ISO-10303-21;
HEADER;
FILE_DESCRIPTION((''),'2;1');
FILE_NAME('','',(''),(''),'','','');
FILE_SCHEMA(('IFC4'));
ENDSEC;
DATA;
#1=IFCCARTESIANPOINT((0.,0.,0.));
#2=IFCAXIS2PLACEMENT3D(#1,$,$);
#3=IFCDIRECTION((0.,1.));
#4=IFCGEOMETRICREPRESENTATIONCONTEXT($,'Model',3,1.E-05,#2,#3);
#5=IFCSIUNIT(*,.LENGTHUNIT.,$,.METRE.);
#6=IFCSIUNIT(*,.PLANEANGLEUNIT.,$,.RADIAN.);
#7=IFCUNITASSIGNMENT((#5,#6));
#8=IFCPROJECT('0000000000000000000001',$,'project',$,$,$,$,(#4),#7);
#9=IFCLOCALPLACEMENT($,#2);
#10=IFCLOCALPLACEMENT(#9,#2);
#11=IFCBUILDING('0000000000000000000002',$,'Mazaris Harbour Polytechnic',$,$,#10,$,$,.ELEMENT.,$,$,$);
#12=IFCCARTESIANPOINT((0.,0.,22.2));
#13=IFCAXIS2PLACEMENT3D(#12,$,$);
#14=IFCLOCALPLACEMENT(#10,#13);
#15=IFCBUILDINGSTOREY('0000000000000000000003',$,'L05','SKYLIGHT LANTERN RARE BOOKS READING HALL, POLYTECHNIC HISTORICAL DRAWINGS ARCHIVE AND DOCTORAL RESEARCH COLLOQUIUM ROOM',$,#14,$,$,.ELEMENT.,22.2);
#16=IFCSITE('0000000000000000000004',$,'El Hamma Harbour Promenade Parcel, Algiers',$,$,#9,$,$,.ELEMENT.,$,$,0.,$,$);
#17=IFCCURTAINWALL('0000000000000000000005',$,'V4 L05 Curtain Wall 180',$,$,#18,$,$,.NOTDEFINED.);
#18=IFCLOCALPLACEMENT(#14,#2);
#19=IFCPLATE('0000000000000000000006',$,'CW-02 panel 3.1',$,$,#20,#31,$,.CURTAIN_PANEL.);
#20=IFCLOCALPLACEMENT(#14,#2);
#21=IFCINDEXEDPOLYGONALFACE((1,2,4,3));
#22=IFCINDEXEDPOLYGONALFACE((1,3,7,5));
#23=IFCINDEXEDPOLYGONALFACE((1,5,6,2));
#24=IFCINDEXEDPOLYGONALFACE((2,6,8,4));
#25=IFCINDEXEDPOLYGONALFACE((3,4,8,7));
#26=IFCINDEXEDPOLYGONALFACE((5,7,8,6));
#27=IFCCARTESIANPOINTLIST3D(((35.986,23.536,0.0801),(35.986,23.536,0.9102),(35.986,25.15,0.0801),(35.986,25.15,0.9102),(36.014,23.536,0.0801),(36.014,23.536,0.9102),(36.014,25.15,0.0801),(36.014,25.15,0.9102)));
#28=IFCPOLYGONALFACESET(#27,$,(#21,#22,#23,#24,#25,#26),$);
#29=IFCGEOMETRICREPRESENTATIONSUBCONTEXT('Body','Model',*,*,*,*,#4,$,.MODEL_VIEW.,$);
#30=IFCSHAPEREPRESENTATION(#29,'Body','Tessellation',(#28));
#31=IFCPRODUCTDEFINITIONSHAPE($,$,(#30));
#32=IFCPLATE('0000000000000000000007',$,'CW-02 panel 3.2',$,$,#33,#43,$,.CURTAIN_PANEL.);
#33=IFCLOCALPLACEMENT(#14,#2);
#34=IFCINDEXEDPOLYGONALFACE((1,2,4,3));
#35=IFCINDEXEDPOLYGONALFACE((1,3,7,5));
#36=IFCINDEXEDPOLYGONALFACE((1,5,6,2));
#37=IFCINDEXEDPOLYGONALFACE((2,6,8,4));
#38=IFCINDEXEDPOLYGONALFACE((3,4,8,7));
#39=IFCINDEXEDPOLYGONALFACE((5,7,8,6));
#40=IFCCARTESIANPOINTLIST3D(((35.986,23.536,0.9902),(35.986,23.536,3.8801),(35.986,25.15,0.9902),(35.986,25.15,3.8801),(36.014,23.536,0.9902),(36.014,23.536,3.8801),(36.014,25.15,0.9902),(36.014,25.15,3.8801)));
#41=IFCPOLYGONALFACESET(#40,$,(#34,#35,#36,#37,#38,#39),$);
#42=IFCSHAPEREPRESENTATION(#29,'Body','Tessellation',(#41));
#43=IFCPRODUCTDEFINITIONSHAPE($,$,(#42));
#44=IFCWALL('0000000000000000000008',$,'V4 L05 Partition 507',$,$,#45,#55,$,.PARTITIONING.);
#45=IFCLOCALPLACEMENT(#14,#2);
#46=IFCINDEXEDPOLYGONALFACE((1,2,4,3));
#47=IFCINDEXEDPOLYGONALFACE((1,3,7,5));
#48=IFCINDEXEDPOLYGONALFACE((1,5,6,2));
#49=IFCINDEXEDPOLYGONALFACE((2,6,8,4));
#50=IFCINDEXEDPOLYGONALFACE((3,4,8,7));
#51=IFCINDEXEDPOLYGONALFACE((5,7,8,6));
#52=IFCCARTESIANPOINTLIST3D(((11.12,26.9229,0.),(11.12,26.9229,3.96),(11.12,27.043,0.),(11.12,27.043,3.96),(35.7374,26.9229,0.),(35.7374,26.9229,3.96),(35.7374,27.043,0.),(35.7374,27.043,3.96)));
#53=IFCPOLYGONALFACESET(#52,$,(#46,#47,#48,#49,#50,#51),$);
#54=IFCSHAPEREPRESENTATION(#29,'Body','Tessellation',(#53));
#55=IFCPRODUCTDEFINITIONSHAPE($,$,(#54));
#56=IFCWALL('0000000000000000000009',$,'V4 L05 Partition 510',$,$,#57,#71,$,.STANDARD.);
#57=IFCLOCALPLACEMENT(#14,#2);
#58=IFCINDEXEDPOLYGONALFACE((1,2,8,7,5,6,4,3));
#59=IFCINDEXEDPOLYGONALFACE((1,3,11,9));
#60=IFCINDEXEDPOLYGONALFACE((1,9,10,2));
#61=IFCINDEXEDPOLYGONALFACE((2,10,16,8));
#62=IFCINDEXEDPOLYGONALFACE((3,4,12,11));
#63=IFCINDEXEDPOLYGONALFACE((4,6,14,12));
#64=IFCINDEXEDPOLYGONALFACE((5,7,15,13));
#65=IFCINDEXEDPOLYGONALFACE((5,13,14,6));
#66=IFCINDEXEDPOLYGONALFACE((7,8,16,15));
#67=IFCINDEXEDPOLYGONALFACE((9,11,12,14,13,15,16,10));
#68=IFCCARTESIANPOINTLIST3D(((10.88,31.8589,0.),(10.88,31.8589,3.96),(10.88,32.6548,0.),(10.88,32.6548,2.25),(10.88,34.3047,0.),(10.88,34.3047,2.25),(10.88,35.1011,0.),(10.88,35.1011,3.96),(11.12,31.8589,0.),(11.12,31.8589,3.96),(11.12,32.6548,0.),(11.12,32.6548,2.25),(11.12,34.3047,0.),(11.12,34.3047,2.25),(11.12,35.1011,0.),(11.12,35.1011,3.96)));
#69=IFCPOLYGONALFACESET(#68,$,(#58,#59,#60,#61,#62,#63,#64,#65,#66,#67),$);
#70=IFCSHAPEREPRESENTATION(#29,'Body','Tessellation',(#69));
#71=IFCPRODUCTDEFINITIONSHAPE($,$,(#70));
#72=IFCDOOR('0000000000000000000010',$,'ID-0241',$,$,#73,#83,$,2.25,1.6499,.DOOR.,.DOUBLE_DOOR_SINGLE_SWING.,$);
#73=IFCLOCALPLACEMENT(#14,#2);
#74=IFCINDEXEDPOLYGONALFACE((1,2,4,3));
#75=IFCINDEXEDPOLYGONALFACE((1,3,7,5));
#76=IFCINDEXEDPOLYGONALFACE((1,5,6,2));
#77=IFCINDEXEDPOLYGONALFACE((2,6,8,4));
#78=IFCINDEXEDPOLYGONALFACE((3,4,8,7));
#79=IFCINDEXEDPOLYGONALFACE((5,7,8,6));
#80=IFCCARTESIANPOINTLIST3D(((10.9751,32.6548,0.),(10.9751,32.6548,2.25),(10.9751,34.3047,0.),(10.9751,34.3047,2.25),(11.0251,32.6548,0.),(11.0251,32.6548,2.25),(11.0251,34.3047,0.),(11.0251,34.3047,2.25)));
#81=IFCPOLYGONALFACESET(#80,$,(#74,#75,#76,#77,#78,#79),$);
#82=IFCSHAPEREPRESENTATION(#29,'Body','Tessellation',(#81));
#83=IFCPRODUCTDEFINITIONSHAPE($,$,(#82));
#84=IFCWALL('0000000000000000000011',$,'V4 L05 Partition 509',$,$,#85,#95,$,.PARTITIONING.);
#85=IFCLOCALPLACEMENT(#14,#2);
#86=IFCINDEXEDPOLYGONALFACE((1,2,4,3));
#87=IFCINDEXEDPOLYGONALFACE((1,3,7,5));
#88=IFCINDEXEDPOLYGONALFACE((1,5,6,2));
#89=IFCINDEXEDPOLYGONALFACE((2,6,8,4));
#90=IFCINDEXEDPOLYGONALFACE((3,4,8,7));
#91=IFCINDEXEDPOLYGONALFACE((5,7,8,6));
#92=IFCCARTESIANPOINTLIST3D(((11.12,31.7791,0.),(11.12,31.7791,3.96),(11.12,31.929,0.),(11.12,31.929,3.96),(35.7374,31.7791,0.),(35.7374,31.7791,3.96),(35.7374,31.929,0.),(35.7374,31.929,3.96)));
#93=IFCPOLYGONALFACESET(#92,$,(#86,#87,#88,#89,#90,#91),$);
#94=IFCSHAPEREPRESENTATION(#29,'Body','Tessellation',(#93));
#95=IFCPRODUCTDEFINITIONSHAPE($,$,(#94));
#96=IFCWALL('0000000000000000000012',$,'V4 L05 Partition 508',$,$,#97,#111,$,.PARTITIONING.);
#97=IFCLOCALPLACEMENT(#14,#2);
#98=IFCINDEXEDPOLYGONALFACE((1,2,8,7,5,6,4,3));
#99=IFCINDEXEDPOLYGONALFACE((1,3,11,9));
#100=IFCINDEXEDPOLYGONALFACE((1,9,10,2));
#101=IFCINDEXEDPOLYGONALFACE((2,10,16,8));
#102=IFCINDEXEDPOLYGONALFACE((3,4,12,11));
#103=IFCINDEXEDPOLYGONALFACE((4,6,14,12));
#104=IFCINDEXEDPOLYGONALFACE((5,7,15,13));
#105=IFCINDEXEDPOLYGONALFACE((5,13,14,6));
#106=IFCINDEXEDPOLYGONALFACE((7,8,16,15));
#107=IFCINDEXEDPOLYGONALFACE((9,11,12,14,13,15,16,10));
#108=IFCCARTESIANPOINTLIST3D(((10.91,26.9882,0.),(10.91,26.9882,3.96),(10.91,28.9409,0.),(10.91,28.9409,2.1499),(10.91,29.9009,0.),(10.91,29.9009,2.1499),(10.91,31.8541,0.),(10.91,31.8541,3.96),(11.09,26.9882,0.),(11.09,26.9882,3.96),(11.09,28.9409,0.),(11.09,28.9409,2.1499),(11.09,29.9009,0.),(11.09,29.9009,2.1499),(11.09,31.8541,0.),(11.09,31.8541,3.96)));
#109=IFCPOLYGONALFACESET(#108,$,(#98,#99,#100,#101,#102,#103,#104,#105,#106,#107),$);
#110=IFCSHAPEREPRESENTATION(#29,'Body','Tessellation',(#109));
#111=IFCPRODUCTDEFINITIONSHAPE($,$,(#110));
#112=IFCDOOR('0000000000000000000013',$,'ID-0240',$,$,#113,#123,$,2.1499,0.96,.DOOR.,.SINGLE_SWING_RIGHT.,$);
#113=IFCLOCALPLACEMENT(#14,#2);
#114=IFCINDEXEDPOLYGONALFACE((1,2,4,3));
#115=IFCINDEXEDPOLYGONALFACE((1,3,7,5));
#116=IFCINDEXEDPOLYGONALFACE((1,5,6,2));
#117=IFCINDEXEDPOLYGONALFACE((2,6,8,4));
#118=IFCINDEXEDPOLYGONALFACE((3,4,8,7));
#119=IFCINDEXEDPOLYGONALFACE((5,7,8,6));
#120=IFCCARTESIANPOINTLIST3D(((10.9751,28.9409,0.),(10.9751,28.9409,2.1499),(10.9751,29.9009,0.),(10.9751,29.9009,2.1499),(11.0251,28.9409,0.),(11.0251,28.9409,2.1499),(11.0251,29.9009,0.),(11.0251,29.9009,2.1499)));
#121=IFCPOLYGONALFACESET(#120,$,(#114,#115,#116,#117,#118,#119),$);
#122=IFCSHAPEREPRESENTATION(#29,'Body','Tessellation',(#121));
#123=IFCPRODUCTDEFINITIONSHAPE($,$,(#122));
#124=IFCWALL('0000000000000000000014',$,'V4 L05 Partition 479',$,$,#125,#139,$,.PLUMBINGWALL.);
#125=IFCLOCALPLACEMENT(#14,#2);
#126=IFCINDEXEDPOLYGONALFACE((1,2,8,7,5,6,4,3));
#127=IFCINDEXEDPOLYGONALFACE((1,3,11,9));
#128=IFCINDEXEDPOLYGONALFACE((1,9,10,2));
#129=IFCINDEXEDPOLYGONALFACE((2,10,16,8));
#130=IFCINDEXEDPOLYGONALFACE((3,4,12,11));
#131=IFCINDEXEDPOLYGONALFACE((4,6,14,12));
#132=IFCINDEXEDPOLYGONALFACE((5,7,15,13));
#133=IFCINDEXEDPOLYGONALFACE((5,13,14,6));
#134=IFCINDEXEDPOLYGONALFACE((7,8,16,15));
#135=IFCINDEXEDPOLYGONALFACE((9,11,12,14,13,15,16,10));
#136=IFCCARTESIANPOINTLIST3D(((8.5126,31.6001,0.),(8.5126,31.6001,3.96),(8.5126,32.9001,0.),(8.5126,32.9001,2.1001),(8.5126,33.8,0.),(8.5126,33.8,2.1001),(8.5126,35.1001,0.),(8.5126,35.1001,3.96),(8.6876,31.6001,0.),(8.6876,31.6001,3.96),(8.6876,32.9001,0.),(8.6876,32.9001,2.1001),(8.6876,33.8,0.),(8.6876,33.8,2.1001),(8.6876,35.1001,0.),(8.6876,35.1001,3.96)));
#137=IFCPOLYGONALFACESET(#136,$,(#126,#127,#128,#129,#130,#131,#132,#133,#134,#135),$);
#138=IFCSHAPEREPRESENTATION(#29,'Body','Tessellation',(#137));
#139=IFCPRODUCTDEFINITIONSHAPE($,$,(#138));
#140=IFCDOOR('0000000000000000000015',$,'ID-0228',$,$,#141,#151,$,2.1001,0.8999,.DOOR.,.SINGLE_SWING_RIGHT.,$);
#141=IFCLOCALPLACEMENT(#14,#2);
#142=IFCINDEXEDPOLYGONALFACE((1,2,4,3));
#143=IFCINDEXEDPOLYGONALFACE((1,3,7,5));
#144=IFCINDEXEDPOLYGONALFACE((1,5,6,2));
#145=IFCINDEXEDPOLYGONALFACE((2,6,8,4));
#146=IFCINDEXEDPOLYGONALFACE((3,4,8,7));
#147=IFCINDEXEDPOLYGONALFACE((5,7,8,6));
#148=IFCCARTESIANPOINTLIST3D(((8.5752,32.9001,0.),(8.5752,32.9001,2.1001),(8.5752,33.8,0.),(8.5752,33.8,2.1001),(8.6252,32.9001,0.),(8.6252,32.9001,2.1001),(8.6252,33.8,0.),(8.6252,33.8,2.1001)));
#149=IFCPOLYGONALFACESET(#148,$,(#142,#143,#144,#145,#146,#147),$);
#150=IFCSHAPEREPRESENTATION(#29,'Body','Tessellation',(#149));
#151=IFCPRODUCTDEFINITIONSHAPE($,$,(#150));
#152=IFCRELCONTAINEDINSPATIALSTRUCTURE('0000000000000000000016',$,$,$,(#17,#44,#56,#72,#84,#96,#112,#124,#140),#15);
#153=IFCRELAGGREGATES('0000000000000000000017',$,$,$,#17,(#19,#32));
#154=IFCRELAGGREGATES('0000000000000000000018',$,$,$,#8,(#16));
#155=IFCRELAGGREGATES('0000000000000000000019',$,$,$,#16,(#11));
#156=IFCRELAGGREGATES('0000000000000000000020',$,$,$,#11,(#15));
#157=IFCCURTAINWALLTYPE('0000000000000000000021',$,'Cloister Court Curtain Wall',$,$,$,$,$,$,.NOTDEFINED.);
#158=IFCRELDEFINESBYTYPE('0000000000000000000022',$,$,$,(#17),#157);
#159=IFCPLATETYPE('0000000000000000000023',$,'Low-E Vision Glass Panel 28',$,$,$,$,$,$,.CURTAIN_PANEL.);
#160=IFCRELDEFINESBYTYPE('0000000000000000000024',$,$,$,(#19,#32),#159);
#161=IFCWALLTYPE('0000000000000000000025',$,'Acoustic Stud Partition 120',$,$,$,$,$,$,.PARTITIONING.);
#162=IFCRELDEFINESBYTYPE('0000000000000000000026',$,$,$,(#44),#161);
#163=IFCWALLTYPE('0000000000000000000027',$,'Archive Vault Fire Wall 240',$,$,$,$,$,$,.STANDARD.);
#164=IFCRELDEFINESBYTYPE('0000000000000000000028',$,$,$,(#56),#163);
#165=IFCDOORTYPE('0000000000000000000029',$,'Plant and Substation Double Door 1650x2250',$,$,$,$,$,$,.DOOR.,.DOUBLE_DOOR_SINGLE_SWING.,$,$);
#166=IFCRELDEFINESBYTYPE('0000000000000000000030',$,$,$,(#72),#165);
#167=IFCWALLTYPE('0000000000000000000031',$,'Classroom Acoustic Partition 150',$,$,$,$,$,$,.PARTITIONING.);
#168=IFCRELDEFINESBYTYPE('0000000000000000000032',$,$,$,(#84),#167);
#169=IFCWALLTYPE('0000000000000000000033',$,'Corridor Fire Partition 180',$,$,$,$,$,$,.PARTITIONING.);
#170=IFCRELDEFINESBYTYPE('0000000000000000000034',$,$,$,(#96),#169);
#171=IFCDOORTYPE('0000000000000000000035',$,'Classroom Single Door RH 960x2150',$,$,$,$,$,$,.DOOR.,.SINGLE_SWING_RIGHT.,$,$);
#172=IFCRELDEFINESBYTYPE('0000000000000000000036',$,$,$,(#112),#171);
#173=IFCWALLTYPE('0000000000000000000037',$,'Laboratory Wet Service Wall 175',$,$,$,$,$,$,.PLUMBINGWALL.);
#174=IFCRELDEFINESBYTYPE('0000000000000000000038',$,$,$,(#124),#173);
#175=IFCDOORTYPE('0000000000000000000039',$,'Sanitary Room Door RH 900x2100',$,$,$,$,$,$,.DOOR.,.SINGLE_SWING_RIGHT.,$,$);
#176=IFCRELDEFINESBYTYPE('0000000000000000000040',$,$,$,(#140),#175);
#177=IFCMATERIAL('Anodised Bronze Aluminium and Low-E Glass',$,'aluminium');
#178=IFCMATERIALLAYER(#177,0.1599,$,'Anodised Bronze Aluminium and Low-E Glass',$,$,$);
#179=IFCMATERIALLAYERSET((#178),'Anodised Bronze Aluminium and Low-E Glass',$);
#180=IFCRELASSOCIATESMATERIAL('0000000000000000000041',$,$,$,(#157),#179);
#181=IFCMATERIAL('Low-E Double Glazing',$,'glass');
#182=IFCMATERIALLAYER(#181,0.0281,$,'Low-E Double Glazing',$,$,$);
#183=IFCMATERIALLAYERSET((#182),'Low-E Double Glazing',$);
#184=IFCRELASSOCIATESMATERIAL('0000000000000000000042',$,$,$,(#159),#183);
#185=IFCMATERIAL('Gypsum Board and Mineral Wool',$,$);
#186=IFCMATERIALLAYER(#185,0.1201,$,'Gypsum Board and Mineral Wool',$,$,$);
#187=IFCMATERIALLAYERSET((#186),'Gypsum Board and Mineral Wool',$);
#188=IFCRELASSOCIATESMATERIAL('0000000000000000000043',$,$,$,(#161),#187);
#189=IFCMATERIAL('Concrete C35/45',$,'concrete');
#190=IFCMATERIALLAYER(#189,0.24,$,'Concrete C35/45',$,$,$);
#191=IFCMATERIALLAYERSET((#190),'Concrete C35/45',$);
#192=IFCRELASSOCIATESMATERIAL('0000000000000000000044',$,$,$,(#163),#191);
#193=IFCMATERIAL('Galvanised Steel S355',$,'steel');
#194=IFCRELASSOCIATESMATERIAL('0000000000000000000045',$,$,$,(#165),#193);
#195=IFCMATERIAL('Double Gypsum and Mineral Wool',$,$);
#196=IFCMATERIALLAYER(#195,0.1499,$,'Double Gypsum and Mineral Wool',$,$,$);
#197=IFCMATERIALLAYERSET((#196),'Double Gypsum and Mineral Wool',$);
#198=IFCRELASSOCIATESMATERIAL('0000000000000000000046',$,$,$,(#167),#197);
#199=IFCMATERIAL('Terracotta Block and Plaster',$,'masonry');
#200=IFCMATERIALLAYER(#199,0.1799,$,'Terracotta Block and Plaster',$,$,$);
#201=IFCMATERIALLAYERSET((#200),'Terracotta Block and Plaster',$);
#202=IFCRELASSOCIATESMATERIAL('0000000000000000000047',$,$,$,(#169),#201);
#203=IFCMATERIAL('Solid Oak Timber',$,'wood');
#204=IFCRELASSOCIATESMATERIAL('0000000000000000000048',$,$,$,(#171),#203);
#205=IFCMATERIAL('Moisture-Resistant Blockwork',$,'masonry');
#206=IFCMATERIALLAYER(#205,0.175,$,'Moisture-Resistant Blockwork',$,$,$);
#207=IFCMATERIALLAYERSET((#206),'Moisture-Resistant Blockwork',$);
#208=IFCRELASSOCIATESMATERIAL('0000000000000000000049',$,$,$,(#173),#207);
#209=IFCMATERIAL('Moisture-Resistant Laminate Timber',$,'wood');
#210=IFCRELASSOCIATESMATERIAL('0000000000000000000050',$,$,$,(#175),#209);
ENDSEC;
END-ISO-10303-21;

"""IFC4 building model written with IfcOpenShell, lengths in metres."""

from ifc_helpers import new_model, si_unit, direction, frame, frame_2d, origin, origin_2d, place, context, subcontext, project, spatial, rectangle, extrude, material, layer, layer_set, type_object, element, fill, aggregate, save


model = new_model("IFC4")

# Units and contexts
model_context = context("Model", 3, precision=1e-05, world=origin(), true_north=direction((0.0, 1.0)))
body_context = subcontext(model_context, "Body", "Model", "MODEL_VIEW")
ifc_project = project(units=[si_unit("LENGTHUNIT", "METRE"), si_unit("PLANEANGLEUNIT", "RADIAN")], contexts=[model_context])

# Site, building, storey
site_placement = place(None, origin())
site = spatial("IfcSite", under=ifc_project, at=site_placement, Name="El Hamma Harbour Promenade Parcel, Algiers", CompositionType="ELEMENT", RefElevation=0.0)
building_placement = place(site_placement, origin())
building = spatial("IfcBuilding", under=site, at=building_placement, Name="Mazaris Harbour Polytechnic", CompositionType="ELEMENT")
storey_placement = place(building_placement, frame((0.0, 0.0, 22.2)))
storey = spatial("IfcBuildingStorey", under=building, at=storey_placement, Name="L05", Description="SKYLIGHT LANTERN RARE BOOKS READING HALL, POLYTECHNIC HISTORICAL DRAWINGS ARCHIVE AND DOCTORAL RESEARCH COLLOQUIUM ROOM", CompositionType="ELEMENT", Elevation=22.2)

# Curtain wall, plates
ifc_material_1 = material(Name="Anodised Bronze Aluminium and Low-E Glass", Category="aluminium")
ifc_layer_1 = layer(ifc_material_1, 0.1599, Name="Anodised Bronze Aluminium and Low-E Glass")
ifc_layer_set_1 = layer_set([ifc_layer_1], Name="Anodised Bronze Aluminium and Low-E Glass")
curtain_wall_type = type_object("IfcCurtainWallType", Name="Cloister Court Curtain Wall", PredefinedType="NOTDEFINED", material=ifc_layer_set_1)
curtain_wall_placement = place(storey_placement, origin())
curtain_wall = element("IfcCurtainWall", 1, at=curtain_wall_placement, inside=storey, type_object=curtain_wall_type, Name="V4 L05 Curtain Wall 180", PredefinedType="NOTDEFINED")
ifc_material_2 = material(Name="Low-E Double Glazing", Category="glass")
ifc_layer_2 = layer(ifc_material_2, 0.0281, Name="Low-E Double Glazing")
ifc_layer_set_2 = layer_set([ifc_layer_2], Name="Low-E Double Glazing")
plate_type = type_object("IfcPlateType", Name="Low-E Vision Glass Panel 28", PredefinedType="CURTAIN_PANEL", material=ifc_layer_set_2)
plate_1_placement = place(storey_placement, frame((36.0, 24.343, 0.0801), z_axis=(0.0, 0.0, 1.0), x_axis=(0.0, -1.0, 0.0)))
plate_1 = element("IfcPlate", 2, at=plate_1_placement, type_object=plate_type, Name="CW-02 panel 3.1", PredefinedType="CURTAIN_PANEL", context=body_context, shape_type="SweptSolid", body=[
    extrude(rectangle(XDim=1.614, YDim=0.0281, at=origin_2d()), origin(), (0.0, 0.0, 1.0), 0.8301),
])
plate_2_placement = place(storey_placement, frame((36.0, 24.343, 0.9902), z_axis=(0.0, 0.0, 1.0), x_axis=(0.0, -1.0, 0.0)))
plate_2 = element("IfcPlate", 3, at=plate_2_placement, type_object=plate_type, Name="CW-02 panel 3.2", PredefinedType="CURTAIN_PANEL", context=body_context, shape_type="SweptSolid", body=[
    extrude(rectangle(XDim=1.614, YDim=0.0281, at=origin_2d()), origin(), (0.0, 0.0, 1.0), 2.8899),
])
aggregate(curtain_wall, [plate_1, plate_2])

# Wall
ifc_material_3 = material(Name="Gypsum Board and Mineral Wool")
ifc_layer_3 = layer(ifc_material_3, 0.1201, Name="Gypsum Board and Mineral Wool")
ifc_layer_set_3 = layer_set([ifc_layer_3], Name="Gypsum Board and Mineral Wool")
wall_type_1 = type_object("IfcWallType", Name="Acoustic Stud Partition 120", PredefinedType="PARTITIONING", material=ifc_layer_set_3)
wall_1_placement = place(storey_placement, frame((11.1201, 26.9829, 0.0), z_axis=(0.0, 0.0, 1.0), x_axis=(1.0, 0.0, 0.0)))
element("IfcWall", 4, at=wall_1_placement, inside=storey, type_object=wall_type_1, Name="V4 L05 Partition 507", PredefinedType="PARTITIONING", context=body_context, shape_type="SweptSolid", body=[
    extrude(rectangle(XDim=24.6174, YDim=0.1201, at=frame_2d((12.3086, 0.0))), origin(), (0.0, 0.0, 1.0), 3.96),
])

# Wall, opening, door
ifc_material_4 = material(Name="Concrete C35/45", Category="concrete")
ifc_layer_4 = layer(ifc_material_4, 0.24, Name="Concrete C35/45")
ifc_layer_set_4 = layer_set([ifc_layer_4], Name="Concrete C35/45")
wall_type_2 = type_object("IfcWallType", Name="Archive Vault Fire Wall 240", PredefinedType="STANDARD", material=ifc_layer_set_4)
wall_2_placement = place(storey_placement, frame((11.0, 31.8589, 0.0), z_axis=(0.0, 0.0, 1.0), x_axis=(0.0, 1.0, 0.0)))
wall_2 = element("IfcWall", 5, at=wall_2_placement, inside=storey, type_object=wall_type_2, Name="V4 L05 Partition 510", PredefinedType="STANDARD", context=body_context, shape_type="SweptSolid", body=[
    extrude(rectangle(XDim=3.2422, YDim=0.24, at=frame_2d((1.6211, 0.0))), origin(), (0.0, 0.0, 1.0), 3.96),
])
opening_1_placement = place(wall_2_placement, frame((0.7959, 0.0, 0.0)))
opening_1 = element("IfcOpeningElement", 6, at=opening_1_placement, cuts=wall_2, PredefinedType="OPENING", context=body_context, shape_type="SweptSolid", body=[
    extrude(rectangle(XDim=1.6499, YDim=2.25, at=frame_2d((0.825, 1.125))), frame((0.0, 0.1299, 0.0), z_axis=(0.0, -1.0, 0.0), x_axis=(1.0, 0.0, 0.0)), (0.0, 0.0, 1.0), 0.26),
])
ifc_material_5 = material(Name="Galvanised Steel S355", Category="steel")
door_type_1 = type_object("IfcDoorType", Name="Plant and Substation Double Door 1650x2250", OperationType="DOUBLE_DOOR_SINGLE_SWING", PredefinedType="DOOR", material=ifc_material_5)
door_1_placement = place(opening_1_placement, origin())
door_1 = element("IfcDoor", 7, at=door_1_placement, inside=storey, type_object=door_type_1, Name="ID-0241", OperationType="DOUBLE_DOOR_SINGLE_SWING", OverallHeight=2.25, OverallWidth=1.6499, PredefinedType="DOOR", context=body_context, shape_type="SweptSolid", body=[
    extrude(rectangle(XDim=1.6499, YDim=2.25, at=frame_2d((0.825, 1.125))), frame((0.0, 0.0249, 0.0), z_axis=(0.0, -1.0, 0.0), x_axis=(1.0, 0.0, 0.0)), (0.0, 0.0, 1.0), 0.05),
])
fill(opening_1, door_1)

# Wall
ifc_material_6 = material(Name="Double Gypsum and Mineral Wool")
ifc_layer_5 = layer(ifc_material_6, 0.1499, Name="Double Gypsum and Mineral Wool")
ifc_layer_set_5 = layer_set([ifc_layer_5], Name="Double Gypsum and Mineral Wool")
wall_type_3 = type_object("IfcWallType", Name="Classroom Acoustic Partition 150", PredefinedType="PARTITIONING", material=ifc_layer_set_5)
wall_3_placement = place(storey_placement, frame((11.1201, 31.854, 0.0), z_axis=(0.0, 0.0, 1.0), x_axis=(1.0, 0.0, 0.0)))
element("IfcWall", 8, at=wall_3_placement, inside=storey, type_object=wall_type_3, Name="V4 L05 Partition 509", PredefinedType="PARTITIONING", context=body_context, shape_type="SweptSolid", body=[
    extrude(rectangle(XDim=24.6174, YDim=0.1499, at=frame_2d((12.3086, 0.0))), origin(), (0.0, 0.0, 1.0), 3.96),
])

# Walls, openings, doors
ifc_material_7 = material(Name="Terracotta Block and Plaster", Category="masonry")
ifc_layer_6 = layer(ifc_material_7, 0.1799, Name="Terracotta Block and Plaster")
ifc_layer_set_6 = layer_set([ifc_layer_6], Name="Terracotta Block and Plaster")
wall_type_4 = type_object("IfcWallType", Name="Corridor Fire Partition 180", PredefinedType="PARTITIONING", material=ifc_layer_set_6)
ifc_material_8 = material(Name="Solid Oak Timber", Category="wood")
door_type_2 = type_object("IfcDoorType", Name="Classroom Single Door RH 960x2150", OperationType="SINGLE_SWING_RIGHT", PredefinedType="DOOR", material=ifc_material_8)
wall_4_placement = place(storey_placement, frame((11.0, 26.988, 0.0), z_axis=(0.0, 0.0, 1.0), x_axis=(0.0, 1.0, 0.0)))
wall_4 = element("IfcWall", 9, at=wall_4_placement, inside=storey, type_object=wall_type_4, Name="V4 L05 Partition 508", PredefinedType="PARTITIONING", context=body_context, shape_type="SweptSolid", body=[
    extrude(rectangle(XDim=4.866, YDim=0.1799, at=frame_2d((2.4331, 0.0))), origin(), (0.0, 0.0, 1.0), 3.96),
])
opening_2_placement = place(wall_4_placement, frame((1.9529, 0.0, 0.0)))
opening_2 = element("IfcOpeningElement", 10, at=opening_2_placement, cuts=wall_4, PredefinedType="OPENING", context=body_context, shape_type="SweptSolid", body=[
    extrude(rectangle(XDim=0.96, YDim=2.1499, at=frame_2d((0.48, 1.075))), frame((0.0, 0.0999, 0.0), z_axis=(0.0, -1.0, 0.0), x_axis=(1.0, 0.0, 0.0)), (0.0, 0.0, 1.0), 0.2),
])
door_2_placement = place(opening_2_placement, origin())
door_2 = element("IfcDoor", 11, at=door_2_placement, inside=storey, type_object=door_type_2, Name="ID-0240", OperationType="SINGLE_SWING_RIGHT", OverallHeight=2.1499, OverallWidth=0.96, PredefinedType="DOOR", context=body_context, shape_type="SweptSolid", body=[
    extrude(rectangle(XDim=0.96, YDim=2.1499, at=frame_2d((0.48, 1.075))), frame((0.0, 0.0249, 0.0), z_axis=(0.0, -1.0, 0.0), x_axis=(1.0, 0.0, 0.0)), (0.0, 0.0, 1.0), 0.05),
])
fill(opening_2, door_2)
ifc_material_9 = material(Name="Moisture-Resistant Blockwork", Category="masonry")
ifc_layer_7 = layer(ifc_material_9, 0.175, Name="Moisture-Resistant Blockwork")
ifc_layer_set_7 = layer_set([ifc_layer_7], Name="Moisture-Resistant Blockwork")
wall_type_5 = type_object("IfcWallType", Name="Laboratory Wet Service Wall 175", PredefinedType="PLUMBINGWALL", material=ifc_layer_set_7)
wall_5_placement = place(storey_placement, frame((8.6001, 31.6001, 0.0), z_axis=(0.0, 0.0, 1.0), x_axis=(0.0, 1.0, 0.0)))
wall_5 = element("IfcWall", 12, at=wall_5_placement, inside=storey, type_object=wall_type_5, Name="V4 L05 Partition 479", PredefinedType="PLUMBINGWALL", context=body_context, shape_type="SweptSolid", body=[
    extrude(rectangle(XDim=3.5, YDim=0.175, at=frame_2d((1.75, 0.0))), origin(), (0.0, 0.0, 1.0), 3.96),
])
opening_3_placement = place(wall_5_placement, frame((1.3, 0.0, 0.0)))
opening_3 = element("IfcOpeningElement", 13, at=opening_3_placement, cuts=wall_5, PredefinedType="OPENING", context=body_context, shape_type="SweptSolid", body=[
    extrude(rectangle(XDim=0.8999, YDim=2.1001, at=frame_2d((0.45, 1.05))), frame((0.0, 0.0974, 0.0), z_axis=(0.0, -1.0, 0.0), x_axis=(1.0, 0.0, 0.0)), (0.0, 0.0, 1.0), 0.1951),
])
ifc_material_10 = material(Name="Moisture-Resistant Laminate Timber", Category="wood")
door_type_3 = type_object("IfcDoorType", Name="Sanitary Room Door RH 900x2100", OperationType="SINGLE_SWING_RIGHT", PredefinedType="DOOR", material=ifc_material_10)
door_3_placement = place(opening_3_placement, origin())
door_3 = element("IfcDoor", 14, at=door_3_placement, inside=storey, type_object=door_type_3, Name="ID-0228", OperationType="SINGLE_SWING_RIGHT", OverallHeight=2.1001, OverallWidth=0.8999, PredefinedType="DOOR", context=body_context, shape_type="SweptSolid", body=[
    extrude(rectangle(XDim=0.8999, YDim=2.1001, at=frame_2d((0.45, 1.05))), frame((0.0, 0.0249, 0.0), z_axis=(0.0, -1.0, 0.0), x_axis=(1.0, 0.0, 0.0)), (0.0, 0.0, 1.0), 0.05),
])
fill(opening_3, door_3)

save(model, "model.ifc")
